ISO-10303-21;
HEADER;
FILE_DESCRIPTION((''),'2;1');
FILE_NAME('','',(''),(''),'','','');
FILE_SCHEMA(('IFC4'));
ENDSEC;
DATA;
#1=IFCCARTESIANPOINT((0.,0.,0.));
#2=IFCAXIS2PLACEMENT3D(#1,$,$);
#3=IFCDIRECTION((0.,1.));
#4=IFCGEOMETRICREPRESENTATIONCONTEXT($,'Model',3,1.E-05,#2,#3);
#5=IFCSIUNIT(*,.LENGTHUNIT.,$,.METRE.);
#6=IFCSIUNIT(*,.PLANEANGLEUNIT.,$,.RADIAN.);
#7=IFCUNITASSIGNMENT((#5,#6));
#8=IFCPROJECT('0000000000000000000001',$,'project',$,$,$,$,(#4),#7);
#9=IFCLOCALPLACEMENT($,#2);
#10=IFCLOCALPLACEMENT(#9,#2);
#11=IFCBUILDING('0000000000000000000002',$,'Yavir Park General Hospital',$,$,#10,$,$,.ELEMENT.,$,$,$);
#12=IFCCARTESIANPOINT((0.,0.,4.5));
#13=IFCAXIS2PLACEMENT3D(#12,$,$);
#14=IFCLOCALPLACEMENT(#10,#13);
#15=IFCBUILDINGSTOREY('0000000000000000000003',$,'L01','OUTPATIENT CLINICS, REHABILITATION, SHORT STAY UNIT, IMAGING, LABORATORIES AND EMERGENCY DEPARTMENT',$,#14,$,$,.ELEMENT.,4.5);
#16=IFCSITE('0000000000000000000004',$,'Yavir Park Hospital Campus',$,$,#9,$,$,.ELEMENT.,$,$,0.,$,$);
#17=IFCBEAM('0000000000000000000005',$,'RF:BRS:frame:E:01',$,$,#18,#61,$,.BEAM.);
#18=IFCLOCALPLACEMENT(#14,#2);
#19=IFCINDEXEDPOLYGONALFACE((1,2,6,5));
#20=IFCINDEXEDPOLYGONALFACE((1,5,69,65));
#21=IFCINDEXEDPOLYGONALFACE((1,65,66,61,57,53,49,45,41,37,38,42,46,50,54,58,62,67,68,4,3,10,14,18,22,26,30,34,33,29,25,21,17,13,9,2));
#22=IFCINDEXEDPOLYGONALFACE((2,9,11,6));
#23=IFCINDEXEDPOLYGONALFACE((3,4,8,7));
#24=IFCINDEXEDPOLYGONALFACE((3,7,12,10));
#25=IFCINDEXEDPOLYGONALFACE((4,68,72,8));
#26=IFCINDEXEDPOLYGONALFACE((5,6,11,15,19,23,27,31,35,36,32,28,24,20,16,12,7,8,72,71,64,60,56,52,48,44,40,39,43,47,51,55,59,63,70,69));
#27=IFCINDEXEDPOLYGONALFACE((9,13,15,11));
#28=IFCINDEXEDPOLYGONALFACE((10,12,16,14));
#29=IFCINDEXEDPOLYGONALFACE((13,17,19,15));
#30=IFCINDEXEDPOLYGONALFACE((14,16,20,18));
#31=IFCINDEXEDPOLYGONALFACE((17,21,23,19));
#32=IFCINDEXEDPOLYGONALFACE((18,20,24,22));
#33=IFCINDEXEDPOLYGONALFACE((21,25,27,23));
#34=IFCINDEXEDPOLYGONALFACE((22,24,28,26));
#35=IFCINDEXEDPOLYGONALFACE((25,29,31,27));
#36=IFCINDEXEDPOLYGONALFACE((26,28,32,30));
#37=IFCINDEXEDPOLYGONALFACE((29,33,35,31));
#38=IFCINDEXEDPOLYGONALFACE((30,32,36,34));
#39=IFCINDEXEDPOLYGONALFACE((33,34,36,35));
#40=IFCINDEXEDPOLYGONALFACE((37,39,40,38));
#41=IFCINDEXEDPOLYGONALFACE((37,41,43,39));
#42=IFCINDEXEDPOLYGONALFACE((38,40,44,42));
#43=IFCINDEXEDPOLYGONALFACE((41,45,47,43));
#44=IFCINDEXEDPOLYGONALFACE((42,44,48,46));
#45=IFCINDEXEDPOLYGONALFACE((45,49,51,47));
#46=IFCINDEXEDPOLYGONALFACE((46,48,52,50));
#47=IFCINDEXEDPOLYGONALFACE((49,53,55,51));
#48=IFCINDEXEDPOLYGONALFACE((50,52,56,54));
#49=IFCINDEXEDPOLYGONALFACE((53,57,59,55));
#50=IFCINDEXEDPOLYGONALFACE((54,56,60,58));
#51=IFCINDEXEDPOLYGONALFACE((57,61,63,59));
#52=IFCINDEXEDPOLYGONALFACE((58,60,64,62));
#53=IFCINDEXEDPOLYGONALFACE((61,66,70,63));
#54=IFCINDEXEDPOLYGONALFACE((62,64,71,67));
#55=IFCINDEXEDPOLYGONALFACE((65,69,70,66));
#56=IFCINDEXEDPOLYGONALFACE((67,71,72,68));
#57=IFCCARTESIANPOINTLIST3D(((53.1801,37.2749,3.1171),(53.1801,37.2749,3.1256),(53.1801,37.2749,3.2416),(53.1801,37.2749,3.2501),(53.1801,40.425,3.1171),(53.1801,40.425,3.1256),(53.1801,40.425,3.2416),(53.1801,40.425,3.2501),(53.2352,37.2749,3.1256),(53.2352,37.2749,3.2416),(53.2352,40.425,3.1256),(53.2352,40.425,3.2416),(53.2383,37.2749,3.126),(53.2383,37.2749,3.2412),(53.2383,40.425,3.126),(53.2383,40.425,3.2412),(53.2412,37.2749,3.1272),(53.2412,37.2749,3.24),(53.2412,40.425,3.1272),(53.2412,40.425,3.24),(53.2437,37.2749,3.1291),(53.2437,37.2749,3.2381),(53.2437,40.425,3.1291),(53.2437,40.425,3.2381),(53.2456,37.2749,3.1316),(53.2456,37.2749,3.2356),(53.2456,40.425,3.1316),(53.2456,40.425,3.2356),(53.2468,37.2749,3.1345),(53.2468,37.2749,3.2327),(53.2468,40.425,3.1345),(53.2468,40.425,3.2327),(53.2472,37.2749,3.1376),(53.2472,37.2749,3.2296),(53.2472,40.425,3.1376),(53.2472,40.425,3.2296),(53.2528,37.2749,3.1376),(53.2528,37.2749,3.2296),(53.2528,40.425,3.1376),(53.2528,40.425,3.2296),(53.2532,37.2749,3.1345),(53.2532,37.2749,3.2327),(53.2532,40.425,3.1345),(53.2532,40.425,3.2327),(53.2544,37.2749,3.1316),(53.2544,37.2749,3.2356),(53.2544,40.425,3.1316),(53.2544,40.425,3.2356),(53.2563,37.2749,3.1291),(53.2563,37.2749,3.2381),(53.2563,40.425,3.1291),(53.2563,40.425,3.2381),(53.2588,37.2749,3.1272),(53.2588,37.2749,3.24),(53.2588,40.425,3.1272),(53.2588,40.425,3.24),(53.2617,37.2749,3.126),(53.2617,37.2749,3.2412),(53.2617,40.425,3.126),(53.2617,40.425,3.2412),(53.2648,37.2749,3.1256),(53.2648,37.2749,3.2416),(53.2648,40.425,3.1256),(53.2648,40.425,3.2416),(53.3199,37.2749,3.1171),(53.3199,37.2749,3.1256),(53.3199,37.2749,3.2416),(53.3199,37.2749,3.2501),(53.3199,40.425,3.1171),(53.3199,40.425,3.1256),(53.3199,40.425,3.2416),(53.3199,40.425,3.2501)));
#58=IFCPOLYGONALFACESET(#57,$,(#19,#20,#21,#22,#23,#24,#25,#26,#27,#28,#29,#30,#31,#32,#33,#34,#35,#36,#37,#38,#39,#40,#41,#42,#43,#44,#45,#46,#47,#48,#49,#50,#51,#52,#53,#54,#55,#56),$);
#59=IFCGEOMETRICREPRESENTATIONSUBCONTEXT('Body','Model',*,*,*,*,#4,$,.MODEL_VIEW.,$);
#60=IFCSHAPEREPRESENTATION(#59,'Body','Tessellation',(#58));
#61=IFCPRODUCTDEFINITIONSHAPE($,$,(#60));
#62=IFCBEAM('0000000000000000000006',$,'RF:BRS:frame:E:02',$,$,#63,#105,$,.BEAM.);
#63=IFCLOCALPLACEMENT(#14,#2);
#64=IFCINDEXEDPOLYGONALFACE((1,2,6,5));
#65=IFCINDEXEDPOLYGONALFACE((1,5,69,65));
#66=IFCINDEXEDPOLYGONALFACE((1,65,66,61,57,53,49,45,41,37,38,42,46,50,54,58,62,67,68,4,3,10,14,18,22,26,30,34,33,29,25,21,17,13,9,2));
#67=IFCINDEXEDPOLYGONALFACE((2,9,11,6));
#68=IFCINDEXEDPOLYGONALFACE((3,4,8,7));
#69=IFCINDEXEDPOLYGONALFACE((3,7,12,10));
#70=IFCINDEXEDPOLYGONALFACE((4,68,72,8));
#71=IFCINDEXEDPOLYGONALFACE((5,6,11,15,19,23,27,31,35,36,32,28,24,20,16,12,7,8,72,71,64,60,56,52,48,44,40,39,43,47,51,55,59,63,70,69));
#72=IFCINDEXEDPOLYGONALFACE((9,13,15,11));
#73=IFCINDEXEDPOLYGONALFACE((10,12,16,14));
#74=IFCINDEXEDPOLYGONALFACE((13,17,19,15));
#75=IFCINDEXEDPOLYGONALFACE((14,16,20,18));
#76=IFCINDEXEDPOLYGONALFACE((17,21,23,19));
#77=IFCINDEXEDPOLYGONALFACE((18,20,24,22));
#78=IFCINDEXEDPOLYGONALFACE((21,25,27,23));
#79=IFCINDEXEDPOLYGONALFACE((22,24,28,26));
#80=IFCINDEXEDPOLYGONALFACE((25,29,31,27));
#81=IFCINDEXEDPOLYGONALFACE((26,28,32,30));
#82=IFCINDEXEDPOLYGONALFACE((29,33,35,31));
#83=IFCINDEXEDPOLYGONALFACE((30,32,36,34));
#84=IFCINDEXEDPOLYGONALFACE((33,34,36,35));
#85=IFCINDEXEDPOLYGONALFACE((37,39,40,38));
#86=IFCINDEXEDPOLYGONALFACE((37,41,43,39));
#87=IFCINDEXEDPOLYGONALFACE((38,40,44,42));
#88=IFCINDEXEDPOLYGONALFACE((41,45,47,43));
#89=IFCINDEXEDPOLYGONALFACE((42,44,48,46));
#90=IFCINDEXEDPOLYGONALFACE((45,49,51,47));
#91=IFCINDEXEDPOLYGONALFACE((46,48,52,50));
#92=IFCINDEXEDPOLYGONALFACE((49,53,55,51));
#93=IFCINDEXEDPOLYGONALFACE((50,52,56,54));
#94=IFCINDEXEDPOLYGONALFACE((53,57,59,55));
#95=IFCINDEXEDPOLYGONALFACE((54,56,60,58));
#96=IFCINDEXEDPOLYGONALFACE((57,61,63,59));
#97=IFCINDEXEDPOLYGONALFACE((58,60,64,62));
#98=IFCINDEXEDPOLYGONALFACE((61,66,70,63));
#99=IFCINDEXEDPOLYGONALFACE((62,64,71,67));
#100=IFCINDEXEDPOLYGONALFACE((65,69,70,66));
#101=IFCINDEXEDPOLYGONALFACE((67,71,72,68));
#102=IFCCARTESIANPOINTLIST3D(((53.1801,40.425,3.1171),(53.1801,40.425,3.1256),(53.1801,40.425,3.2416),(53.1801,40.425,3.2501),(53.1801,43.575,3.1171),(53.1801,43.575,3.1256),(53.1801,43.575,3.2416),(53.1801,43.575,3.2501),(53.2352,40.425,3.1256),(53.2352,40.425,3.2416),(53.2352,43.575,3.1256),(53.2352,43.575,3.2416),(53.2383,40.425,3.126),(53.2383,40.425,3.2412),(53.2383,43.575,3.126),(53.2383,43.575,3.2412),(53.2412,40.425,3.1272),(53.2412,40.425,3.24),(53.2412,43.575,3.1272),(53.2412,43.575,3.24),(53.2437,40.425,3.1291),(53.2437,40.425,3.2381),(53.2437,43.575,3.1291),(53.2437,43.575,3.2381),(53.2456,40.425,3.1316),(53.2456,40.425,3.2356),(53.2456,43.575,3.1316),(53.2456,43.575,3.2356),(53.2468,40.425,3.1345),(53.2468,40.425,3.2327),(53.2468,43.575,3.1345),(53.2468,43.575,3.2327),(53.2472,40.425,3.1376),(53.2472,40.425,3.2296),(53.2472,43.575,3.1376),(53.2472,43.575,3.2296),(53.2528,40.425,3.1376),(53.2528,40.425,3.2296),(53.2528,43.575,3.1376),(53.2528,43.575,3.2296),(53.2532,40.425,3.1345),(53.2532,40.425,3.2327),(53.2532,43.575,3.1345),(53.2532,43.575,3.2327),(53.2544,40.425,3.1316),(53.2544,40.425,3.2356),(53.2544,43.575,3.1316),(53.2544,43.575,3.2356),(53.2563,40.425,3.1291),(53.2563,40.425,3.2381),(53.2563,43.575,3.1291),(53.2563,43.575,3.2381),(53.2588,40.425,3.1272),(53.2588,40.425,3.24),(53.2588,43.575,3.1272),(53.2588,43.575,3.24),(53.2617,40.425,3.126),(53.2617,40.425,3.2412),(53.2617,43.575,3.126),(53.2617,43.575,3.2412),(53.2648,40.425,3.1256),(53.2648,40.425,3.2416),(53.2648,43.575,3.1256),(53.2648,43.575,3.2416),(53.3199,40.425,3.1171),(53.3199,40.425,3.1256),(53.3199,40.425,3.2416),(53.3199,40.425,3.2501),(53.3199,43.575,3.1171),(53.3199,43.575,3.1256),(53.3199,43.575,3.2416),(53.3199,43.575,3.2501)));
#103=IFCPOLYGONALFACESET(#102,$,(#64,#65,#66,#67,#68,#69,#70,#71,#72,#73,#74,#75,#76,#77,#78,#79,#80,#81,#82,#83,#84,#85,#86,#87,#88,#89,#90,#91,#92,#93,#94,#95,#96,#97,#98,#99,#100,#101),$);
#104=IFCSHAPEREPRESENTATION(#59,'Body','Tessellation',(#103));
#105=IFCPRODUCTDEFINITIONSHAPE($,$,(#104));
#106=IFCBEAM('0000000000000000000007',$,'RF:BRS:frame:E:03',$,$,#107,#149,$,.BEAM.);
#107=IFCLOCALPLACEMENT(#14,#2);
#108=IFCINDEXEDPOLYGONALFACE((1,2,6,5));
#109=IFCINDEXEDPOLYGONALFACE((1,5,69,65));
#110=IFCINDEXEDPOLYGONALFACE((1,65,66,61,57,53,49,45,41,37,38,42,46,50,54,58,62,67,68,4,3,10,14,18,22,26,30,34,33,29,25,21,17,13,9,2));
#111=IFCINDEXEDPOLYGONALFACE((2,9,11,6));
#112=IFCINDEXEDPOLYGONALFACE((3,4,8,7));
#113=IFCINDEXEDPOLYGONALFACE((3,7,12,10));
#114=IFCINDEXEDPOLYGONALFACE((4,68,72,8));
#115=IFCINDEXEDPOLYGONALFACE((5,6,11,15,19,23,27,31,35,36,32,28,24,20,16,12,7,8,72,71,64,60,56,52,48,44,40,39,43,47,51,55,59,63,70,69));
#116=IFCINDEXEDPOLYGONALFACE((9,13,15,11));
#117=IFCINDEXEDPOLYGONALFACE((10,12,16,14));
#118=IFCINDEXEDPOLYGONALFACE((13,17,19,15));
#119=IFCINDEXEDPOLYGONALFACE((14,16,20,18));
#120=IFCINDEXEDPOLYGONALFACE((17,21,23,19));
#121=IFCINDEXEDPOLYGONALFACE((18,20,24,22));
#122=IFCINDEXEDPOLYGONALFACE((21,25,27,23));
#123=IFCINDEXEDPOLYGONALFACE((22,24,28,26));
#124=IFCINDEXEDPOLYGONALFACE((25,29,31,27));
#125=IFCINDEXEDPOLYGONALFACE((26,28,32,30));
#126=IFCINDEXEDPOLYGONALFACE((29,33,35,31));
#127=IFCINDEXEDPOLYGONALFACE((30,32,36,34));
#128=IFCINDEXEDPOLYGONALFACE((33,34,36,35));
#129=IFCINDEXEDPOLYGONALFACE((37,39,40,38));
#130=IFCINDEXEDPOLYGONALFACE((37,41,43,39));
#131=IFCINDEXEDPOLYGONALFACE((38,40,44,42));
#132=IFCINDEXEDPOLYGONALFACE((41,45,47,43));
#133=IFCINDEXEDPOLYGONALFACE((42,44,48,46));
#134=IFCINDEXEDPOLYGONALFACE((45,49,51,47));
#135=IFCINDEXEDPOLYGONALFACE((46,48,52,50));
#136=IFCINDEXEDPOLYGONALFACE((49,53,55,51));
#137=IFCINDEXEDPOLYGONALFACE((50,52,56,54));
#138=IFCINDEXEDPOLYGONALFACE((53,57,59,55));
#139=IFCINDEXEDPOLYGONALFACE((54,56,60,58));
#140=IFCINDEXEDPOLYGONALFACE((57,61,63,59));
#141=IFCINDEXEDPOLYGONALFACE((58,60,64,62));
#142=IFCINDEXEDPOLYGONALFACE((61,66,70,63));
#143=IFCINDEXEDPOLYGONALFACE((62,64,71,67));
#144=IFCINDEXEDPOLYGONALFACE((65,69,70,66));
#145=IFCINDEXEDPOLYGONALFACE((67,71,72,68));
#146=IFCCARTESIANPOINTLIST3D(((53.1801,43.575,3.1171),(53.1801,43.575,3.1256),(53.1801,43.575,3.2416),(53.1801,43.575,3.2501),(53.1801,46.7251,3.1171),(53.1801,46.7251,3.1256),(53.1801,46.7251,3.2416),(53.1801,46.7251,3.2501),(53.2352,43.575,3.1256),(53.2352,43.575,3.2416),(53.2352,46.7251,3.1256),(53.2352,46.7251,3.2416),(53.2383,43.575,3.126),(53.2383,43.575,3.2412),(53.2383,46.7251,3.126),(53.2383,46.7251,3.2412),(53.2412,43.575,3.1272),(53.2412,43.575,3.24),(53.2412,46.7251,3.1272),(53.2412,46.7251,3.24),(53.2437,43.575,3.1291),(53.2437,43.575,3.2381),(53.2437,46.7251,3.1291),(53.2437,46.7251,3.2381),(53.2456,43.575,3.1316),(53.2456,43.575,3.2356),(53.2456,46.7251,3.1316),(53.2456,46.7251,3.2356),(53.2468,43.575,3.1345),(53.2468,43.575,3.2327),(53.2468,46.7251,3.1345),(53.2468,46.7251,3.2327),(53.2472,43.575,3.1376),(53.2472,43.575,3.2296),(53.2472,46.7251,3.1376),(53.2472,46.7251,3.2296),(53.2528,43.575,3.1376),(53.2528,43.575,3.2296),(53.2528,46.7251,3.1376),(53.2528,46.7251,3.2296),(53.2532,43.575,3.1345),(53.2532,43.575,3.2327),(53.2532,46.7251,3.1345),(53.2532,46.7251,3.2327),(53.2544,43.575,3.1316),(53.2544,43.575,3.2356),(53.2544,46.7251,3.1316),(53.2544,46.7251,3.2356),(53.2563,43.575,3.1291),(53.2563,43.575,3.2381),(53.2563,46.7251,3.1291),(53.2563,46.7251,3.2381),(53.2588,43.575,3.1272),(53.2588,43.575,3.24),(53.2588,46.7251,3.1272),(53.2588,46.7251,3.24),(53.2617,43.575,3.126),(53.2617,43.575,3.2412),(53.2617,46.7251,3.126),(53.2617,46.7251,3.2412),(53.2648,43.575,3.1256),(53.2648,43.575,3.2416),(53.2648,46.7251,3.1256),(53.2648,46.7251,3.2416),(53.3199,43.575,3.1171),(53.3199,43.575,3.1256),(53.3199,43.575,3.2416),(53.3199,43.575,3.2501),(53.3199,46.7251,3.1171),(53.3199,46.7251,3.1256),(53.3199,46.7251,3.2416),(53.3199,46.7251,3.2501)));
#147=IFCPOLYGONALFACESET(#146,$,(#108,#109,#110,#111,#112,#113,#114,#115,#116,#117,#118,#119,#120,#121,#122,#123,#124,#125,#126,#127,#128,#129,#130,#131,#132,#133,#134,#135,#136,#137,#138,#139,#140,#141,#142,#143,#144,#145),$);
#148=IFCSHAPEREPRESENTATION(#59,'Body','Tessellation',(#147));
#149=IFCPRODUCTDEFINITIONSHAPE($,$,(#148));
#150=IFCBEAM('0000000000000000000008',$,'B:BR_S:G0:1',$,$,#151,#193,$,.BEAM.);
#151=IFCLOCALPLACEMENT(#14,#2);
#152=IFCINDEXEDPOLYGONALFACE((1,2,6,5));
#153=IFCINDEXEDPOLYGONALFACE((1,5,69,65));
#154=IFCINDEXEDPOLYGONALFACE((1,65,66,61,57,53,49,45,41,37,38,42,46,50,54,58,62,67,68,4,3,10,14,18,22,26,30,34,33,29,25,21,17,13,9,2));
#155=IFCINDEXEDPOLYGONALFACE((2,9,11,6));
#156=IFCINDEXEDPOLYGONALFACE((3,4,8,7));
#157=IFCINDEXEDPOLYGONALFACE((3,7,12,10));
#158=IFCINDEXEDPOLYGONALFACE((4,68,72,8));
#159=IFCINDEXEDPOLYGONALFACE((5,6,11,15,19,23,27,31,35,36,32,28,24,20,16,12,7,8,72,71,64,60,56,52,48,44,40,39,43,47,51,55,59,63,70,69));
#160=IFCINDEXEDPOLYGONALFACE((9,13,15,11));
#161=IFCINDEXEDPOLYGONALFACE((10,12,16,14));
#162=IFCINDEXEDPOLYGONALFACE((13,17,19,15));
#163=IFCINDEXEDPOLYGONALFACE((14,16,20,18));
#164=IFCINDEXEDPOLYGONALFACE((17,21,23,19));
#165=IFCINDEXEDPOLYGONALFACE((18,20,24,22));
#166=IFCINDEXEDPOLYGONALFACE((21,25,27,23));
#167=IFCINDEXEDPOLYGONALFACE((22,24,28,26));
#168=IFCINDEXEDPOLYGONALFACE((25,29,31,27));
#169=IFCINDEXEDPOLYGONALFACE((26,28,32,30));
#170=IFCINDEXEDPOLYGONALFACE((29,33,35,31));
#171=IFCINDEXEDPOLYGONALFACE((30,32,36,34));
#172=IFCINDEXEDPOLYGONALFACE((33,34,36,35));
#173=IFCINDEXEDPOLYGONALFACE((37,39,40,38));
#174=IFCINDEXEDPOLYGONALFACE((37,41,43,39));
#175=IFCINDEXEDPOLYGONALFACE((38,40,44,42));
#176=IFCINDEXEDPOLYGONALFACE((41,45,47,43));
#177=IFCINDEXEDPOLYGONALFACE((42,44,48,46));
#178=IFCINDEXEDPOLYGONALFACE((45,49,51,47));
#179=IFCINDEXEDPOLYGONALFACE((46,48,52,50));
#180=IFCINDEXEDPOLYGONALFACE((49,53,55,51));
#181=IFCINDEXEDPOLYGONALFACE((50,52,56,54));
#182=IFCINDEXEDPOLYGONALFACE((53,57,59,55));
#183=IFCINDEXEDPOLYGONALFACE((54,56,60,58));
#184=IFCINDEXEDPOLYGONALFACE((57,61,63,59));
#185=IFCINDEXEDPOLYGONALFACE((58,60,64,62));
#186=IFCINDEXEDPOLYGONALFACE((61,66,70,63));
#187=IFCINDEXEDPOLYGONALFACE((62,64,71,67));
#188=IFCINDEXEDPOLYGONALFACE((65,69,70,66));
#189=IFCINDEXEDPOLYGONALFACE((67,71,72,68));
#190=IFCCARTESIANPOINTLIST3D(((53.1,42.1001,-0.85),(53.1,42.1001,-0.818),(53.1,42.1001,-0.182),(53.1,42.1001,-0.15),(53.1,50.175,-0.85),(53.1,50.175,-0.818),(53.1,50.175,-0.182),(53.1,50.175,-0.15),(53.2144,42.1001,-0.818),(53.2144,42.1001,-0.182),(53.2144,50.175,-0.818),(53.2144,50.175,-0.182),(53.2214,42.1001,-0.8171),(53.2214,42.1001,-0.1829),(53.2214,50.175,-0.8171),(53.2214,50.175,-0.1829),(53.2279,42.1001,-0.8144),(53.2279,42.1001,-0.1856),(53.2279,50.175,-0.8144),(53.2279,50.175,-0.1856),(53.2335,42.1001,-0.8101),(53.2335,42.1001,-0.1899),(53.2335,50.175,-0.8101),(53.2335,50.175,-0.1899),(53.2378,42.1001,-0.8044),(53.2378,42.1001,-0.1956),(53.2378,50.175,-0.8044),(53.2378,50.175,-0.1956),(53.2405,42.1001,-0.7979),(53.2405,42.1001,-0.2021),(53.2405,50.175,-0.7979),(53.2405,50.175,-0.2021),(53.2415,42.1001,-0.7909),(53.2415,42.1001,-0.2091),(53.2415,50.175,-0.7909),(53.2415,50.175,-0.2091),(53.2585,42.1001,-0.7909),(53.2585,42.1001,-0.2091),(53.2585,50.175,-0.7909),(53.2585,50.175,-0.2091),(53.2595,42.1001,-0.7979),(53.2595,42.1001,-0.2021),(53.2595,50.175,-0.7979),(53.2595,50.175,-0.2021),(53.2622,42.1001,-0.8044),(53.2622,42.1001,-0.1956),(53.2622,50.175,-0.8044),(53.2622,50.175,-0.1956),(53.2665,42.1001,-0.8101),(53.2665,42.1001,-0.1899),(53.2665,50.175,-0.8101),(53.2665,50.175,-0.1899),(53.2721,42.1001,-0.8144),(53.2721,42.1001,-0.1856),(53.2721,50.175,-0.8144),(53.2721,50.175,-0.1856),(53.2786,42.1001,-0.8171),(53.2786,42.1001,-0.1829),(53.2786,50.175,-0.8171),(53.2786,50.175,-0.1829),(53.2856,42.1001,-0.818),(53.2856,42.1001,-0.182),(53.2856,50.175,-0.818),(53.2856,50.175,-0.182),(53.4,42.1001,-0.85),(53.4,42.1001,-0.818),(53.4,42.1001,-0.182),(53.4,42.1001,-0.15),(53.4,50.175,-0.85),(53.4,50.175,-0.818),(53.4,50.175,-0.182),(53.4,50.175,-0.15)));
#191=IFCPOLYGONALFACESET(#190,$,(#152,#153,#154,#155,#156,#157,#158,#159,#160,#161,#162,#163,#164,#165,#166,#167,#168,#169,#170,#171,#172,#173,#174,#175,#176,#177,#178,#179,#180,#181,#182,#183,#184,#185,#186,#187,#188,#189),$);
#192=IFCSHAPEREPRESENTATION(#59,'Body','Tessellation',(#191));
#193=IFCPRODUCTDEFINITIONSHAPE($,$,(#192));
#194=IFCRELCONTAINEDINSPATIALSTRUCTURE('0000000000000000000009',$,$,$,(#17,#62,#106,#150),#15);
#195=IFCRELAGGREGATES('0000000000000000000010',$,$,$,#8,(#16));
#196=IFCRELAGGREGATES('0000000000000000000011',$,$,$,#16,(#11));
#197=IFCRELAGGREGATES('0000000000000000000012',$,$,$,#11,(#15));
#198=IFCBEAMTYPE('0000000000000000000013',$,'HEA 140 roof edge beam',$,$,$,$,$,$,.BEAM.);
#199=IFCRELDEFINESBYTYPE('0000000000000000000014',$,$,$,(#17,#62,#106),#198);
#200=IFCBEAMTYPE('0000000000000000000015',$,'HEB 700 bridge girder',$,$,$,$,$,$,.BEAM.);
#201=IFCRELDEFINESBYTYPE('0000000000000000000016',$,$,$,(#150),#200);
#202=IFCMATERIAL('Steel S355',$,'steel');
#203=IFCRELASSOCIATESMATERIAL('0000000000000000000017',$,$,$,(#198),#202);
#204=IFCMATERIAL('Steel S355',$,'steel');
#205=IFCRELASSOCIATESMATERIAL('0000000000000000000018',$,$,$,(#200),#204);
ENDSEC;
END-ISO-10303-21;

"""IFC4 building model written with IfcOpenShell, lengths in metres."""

from ifc_helpers import new_model, si_unit, direction, frame, origin, origin_2d, place, context, subcontext, project, spatial, i_section, extrude, material, material_profile, profile_set, type_object, element, save


model = new_model("IFC4")

# Units and contexts
model_context = context("Model", 3, precision=1e-05, world=origin(), true_north=direction((0.0, 1.0)))
body_context = subcontext(model_context, "Body", "Model", "MODEL_VIEW")
ifc_project = project(units=[si_unit("LENGTHUNIT", "METRE"), si_unit("PLANEANGLEUNIT", "RADIAN")], contexts=[model_context])

# Site, building, storey
site_placement = place(None, origin())
site = spatial("IfcSite", under=ifc_project, at=site_placement, Name="Yavir Park Hospital Campus", CompositionType="ELEMENT", RefElevation=0.0)
building_placement = place(site_placement, origin())
building = spatial("IfcBuilding", under=site, at=building_placement, Name="Yavir Park General Hospital", CompositionType="ELEMENT")
storey_placement = place(building_placement, frame((0.0, 0.0, 4.5)))
storey = spatial("IfcBuildingStorey", under=building, at=storey_placement, Name="L01", Description="OUTPATIENT CLINICS, REHABILITATION, SHORT STAY UNIT, IMAGING, LABORATORIES AND EMERGENCY DEPARTMENT", CompositionType="ELEMENT", Elevation=4.5)

# Beams
ifc_material_1 = material(Name="Steel S355", Category="steel")
ifc_material_profile_1 = material_profile(ifc_material_1, i_section(OverallWidth=0.1399, OverallDepth=0.1331, WebThickness=0.0056, FlangeThickness=0.0085, FilletRadius=0.012, at=origin_2d()), Name="HEA140")
ifc_profile_set_1 = profile_set([ifc_material_profile_1], Name="Steel S355")
beam_type_1 = type_object("IfcBeamType", Name="HEA 140 roof edge beam", PredefinedType="BEAM", material=ifc_profile_set_1)
beam_1_placement = place(storey_placement, frame((53.25, 37.2749, 3.1836), z_axis=(0.0, 1.0, 0.0), x_axis=(-1.0, 0.0, 0.0)))
element("IfcBeam", 1, at=beam_1_placement, inside=storey, type_object=beam_type_1, Name="RF:BRS:frame:E:01", PredefinedType="BEAM", context=body_context, shape_type="SweptSolid", body=[
    extrude(i_section(OverallWidth=0.1399, OverallDepth=0.1331, WebThickness=0.0056, FlangeThickness=0.0085, FilletRadius=0.012, at=origin_2d()), origin(), (0.0, 0.0, 1.0), 3.1501),
])
beam_2_placement = place(storey_placement, frame((53.25, 40.425, 3.1836), z_axis=(0.0, 1.0, 0.0), x_axis=(-1.0, 0.0, 0.0)))
element("IfcBeam", 2, at=beam_2_placement, inside=storey, type_object=beam_type_1, Name="RF:BRS:frame:E:02", PredefinedType="BEAM", context=body_context, shape_type="SweptSolid", body=[
    extrude(i_section(OverallWidth=0.1399, OverallDepth=0.1331, WebThickness=0.0056, FlangeThickness=0.0085, FilletRadius=0.012, at=origin_2d()), origin(), (0.0, 0.0, 1.0), 3.1499),
])
beam_3_placement = place(storey_placement, frame((53.25, 43.575, 3.1836), z_axis=(0.0, 1.0, 0.0), x_axis=(-1.0, 0.0, 0.0)))
element("IfcBeam", 3, at=beam_3_placement, inside=storey, type_object=beam_type_1, Name="RF:BRS:frame:E:03", PredefinedType="BEAM", context=body_context, shape_type="SweptSolid", body=[
    extrude(i_section(OverallWidth=0.1399, OverallDepth=0.1331, WebThickness=0.0056, FlangeThickness=0.0085, FilletRadius=0.012, at=origin_2d()), origin(), (0.0, 0.0, 1.0), 3.1501),
])
ifc_material_2 = material(Name="Steel S355", Category="steel")
ifc_material_profile_2 = material_profile(ifc_material_2, i_section(OverallWidth=0.3, OverallDepth=0.7, WebThickness=0.0171, FlangeThickness=0.032, FilletRadius=0.0271, at=origin_2d()), Name="HEB700")
ifc_profile_set_2 = profile_set([ifc_material_profile_2], Name="Steel S355")
beam_type_2 = type_object("IfcBeamType", Name="HEB 700 bridge girder", PredefinedType="BEAM", material=ifc_profile_set_2)
for number, where, z_axis, x_axis, name in (
    (4, (53.25, 42.1001, -0.5), (0.0, 1.0, 0.0), (-1.0, 0.0, 0.0), "B:BR_S:G0:1"),
):
    element("IfcBeam", number, at=place(storey_placement, frame(where, z_axis=z_axis, x_axis=x_axis)), inside=storey, type_object=beam_type_2, Name=name, PredefinedType="BEAM", context=body_context, shape_type="SweptSolid", body=[
        extrude(i_section(OverallWidth=0.3, OverallDepth=0.7, WebThickness=0.0171, FlangeThickness=0.032, FilletRadius=0.0271, at=origin_2d()), origin(), (0.0, 0.0, 1.0), 8.075),
    ])

save(model, "model.ifc")
